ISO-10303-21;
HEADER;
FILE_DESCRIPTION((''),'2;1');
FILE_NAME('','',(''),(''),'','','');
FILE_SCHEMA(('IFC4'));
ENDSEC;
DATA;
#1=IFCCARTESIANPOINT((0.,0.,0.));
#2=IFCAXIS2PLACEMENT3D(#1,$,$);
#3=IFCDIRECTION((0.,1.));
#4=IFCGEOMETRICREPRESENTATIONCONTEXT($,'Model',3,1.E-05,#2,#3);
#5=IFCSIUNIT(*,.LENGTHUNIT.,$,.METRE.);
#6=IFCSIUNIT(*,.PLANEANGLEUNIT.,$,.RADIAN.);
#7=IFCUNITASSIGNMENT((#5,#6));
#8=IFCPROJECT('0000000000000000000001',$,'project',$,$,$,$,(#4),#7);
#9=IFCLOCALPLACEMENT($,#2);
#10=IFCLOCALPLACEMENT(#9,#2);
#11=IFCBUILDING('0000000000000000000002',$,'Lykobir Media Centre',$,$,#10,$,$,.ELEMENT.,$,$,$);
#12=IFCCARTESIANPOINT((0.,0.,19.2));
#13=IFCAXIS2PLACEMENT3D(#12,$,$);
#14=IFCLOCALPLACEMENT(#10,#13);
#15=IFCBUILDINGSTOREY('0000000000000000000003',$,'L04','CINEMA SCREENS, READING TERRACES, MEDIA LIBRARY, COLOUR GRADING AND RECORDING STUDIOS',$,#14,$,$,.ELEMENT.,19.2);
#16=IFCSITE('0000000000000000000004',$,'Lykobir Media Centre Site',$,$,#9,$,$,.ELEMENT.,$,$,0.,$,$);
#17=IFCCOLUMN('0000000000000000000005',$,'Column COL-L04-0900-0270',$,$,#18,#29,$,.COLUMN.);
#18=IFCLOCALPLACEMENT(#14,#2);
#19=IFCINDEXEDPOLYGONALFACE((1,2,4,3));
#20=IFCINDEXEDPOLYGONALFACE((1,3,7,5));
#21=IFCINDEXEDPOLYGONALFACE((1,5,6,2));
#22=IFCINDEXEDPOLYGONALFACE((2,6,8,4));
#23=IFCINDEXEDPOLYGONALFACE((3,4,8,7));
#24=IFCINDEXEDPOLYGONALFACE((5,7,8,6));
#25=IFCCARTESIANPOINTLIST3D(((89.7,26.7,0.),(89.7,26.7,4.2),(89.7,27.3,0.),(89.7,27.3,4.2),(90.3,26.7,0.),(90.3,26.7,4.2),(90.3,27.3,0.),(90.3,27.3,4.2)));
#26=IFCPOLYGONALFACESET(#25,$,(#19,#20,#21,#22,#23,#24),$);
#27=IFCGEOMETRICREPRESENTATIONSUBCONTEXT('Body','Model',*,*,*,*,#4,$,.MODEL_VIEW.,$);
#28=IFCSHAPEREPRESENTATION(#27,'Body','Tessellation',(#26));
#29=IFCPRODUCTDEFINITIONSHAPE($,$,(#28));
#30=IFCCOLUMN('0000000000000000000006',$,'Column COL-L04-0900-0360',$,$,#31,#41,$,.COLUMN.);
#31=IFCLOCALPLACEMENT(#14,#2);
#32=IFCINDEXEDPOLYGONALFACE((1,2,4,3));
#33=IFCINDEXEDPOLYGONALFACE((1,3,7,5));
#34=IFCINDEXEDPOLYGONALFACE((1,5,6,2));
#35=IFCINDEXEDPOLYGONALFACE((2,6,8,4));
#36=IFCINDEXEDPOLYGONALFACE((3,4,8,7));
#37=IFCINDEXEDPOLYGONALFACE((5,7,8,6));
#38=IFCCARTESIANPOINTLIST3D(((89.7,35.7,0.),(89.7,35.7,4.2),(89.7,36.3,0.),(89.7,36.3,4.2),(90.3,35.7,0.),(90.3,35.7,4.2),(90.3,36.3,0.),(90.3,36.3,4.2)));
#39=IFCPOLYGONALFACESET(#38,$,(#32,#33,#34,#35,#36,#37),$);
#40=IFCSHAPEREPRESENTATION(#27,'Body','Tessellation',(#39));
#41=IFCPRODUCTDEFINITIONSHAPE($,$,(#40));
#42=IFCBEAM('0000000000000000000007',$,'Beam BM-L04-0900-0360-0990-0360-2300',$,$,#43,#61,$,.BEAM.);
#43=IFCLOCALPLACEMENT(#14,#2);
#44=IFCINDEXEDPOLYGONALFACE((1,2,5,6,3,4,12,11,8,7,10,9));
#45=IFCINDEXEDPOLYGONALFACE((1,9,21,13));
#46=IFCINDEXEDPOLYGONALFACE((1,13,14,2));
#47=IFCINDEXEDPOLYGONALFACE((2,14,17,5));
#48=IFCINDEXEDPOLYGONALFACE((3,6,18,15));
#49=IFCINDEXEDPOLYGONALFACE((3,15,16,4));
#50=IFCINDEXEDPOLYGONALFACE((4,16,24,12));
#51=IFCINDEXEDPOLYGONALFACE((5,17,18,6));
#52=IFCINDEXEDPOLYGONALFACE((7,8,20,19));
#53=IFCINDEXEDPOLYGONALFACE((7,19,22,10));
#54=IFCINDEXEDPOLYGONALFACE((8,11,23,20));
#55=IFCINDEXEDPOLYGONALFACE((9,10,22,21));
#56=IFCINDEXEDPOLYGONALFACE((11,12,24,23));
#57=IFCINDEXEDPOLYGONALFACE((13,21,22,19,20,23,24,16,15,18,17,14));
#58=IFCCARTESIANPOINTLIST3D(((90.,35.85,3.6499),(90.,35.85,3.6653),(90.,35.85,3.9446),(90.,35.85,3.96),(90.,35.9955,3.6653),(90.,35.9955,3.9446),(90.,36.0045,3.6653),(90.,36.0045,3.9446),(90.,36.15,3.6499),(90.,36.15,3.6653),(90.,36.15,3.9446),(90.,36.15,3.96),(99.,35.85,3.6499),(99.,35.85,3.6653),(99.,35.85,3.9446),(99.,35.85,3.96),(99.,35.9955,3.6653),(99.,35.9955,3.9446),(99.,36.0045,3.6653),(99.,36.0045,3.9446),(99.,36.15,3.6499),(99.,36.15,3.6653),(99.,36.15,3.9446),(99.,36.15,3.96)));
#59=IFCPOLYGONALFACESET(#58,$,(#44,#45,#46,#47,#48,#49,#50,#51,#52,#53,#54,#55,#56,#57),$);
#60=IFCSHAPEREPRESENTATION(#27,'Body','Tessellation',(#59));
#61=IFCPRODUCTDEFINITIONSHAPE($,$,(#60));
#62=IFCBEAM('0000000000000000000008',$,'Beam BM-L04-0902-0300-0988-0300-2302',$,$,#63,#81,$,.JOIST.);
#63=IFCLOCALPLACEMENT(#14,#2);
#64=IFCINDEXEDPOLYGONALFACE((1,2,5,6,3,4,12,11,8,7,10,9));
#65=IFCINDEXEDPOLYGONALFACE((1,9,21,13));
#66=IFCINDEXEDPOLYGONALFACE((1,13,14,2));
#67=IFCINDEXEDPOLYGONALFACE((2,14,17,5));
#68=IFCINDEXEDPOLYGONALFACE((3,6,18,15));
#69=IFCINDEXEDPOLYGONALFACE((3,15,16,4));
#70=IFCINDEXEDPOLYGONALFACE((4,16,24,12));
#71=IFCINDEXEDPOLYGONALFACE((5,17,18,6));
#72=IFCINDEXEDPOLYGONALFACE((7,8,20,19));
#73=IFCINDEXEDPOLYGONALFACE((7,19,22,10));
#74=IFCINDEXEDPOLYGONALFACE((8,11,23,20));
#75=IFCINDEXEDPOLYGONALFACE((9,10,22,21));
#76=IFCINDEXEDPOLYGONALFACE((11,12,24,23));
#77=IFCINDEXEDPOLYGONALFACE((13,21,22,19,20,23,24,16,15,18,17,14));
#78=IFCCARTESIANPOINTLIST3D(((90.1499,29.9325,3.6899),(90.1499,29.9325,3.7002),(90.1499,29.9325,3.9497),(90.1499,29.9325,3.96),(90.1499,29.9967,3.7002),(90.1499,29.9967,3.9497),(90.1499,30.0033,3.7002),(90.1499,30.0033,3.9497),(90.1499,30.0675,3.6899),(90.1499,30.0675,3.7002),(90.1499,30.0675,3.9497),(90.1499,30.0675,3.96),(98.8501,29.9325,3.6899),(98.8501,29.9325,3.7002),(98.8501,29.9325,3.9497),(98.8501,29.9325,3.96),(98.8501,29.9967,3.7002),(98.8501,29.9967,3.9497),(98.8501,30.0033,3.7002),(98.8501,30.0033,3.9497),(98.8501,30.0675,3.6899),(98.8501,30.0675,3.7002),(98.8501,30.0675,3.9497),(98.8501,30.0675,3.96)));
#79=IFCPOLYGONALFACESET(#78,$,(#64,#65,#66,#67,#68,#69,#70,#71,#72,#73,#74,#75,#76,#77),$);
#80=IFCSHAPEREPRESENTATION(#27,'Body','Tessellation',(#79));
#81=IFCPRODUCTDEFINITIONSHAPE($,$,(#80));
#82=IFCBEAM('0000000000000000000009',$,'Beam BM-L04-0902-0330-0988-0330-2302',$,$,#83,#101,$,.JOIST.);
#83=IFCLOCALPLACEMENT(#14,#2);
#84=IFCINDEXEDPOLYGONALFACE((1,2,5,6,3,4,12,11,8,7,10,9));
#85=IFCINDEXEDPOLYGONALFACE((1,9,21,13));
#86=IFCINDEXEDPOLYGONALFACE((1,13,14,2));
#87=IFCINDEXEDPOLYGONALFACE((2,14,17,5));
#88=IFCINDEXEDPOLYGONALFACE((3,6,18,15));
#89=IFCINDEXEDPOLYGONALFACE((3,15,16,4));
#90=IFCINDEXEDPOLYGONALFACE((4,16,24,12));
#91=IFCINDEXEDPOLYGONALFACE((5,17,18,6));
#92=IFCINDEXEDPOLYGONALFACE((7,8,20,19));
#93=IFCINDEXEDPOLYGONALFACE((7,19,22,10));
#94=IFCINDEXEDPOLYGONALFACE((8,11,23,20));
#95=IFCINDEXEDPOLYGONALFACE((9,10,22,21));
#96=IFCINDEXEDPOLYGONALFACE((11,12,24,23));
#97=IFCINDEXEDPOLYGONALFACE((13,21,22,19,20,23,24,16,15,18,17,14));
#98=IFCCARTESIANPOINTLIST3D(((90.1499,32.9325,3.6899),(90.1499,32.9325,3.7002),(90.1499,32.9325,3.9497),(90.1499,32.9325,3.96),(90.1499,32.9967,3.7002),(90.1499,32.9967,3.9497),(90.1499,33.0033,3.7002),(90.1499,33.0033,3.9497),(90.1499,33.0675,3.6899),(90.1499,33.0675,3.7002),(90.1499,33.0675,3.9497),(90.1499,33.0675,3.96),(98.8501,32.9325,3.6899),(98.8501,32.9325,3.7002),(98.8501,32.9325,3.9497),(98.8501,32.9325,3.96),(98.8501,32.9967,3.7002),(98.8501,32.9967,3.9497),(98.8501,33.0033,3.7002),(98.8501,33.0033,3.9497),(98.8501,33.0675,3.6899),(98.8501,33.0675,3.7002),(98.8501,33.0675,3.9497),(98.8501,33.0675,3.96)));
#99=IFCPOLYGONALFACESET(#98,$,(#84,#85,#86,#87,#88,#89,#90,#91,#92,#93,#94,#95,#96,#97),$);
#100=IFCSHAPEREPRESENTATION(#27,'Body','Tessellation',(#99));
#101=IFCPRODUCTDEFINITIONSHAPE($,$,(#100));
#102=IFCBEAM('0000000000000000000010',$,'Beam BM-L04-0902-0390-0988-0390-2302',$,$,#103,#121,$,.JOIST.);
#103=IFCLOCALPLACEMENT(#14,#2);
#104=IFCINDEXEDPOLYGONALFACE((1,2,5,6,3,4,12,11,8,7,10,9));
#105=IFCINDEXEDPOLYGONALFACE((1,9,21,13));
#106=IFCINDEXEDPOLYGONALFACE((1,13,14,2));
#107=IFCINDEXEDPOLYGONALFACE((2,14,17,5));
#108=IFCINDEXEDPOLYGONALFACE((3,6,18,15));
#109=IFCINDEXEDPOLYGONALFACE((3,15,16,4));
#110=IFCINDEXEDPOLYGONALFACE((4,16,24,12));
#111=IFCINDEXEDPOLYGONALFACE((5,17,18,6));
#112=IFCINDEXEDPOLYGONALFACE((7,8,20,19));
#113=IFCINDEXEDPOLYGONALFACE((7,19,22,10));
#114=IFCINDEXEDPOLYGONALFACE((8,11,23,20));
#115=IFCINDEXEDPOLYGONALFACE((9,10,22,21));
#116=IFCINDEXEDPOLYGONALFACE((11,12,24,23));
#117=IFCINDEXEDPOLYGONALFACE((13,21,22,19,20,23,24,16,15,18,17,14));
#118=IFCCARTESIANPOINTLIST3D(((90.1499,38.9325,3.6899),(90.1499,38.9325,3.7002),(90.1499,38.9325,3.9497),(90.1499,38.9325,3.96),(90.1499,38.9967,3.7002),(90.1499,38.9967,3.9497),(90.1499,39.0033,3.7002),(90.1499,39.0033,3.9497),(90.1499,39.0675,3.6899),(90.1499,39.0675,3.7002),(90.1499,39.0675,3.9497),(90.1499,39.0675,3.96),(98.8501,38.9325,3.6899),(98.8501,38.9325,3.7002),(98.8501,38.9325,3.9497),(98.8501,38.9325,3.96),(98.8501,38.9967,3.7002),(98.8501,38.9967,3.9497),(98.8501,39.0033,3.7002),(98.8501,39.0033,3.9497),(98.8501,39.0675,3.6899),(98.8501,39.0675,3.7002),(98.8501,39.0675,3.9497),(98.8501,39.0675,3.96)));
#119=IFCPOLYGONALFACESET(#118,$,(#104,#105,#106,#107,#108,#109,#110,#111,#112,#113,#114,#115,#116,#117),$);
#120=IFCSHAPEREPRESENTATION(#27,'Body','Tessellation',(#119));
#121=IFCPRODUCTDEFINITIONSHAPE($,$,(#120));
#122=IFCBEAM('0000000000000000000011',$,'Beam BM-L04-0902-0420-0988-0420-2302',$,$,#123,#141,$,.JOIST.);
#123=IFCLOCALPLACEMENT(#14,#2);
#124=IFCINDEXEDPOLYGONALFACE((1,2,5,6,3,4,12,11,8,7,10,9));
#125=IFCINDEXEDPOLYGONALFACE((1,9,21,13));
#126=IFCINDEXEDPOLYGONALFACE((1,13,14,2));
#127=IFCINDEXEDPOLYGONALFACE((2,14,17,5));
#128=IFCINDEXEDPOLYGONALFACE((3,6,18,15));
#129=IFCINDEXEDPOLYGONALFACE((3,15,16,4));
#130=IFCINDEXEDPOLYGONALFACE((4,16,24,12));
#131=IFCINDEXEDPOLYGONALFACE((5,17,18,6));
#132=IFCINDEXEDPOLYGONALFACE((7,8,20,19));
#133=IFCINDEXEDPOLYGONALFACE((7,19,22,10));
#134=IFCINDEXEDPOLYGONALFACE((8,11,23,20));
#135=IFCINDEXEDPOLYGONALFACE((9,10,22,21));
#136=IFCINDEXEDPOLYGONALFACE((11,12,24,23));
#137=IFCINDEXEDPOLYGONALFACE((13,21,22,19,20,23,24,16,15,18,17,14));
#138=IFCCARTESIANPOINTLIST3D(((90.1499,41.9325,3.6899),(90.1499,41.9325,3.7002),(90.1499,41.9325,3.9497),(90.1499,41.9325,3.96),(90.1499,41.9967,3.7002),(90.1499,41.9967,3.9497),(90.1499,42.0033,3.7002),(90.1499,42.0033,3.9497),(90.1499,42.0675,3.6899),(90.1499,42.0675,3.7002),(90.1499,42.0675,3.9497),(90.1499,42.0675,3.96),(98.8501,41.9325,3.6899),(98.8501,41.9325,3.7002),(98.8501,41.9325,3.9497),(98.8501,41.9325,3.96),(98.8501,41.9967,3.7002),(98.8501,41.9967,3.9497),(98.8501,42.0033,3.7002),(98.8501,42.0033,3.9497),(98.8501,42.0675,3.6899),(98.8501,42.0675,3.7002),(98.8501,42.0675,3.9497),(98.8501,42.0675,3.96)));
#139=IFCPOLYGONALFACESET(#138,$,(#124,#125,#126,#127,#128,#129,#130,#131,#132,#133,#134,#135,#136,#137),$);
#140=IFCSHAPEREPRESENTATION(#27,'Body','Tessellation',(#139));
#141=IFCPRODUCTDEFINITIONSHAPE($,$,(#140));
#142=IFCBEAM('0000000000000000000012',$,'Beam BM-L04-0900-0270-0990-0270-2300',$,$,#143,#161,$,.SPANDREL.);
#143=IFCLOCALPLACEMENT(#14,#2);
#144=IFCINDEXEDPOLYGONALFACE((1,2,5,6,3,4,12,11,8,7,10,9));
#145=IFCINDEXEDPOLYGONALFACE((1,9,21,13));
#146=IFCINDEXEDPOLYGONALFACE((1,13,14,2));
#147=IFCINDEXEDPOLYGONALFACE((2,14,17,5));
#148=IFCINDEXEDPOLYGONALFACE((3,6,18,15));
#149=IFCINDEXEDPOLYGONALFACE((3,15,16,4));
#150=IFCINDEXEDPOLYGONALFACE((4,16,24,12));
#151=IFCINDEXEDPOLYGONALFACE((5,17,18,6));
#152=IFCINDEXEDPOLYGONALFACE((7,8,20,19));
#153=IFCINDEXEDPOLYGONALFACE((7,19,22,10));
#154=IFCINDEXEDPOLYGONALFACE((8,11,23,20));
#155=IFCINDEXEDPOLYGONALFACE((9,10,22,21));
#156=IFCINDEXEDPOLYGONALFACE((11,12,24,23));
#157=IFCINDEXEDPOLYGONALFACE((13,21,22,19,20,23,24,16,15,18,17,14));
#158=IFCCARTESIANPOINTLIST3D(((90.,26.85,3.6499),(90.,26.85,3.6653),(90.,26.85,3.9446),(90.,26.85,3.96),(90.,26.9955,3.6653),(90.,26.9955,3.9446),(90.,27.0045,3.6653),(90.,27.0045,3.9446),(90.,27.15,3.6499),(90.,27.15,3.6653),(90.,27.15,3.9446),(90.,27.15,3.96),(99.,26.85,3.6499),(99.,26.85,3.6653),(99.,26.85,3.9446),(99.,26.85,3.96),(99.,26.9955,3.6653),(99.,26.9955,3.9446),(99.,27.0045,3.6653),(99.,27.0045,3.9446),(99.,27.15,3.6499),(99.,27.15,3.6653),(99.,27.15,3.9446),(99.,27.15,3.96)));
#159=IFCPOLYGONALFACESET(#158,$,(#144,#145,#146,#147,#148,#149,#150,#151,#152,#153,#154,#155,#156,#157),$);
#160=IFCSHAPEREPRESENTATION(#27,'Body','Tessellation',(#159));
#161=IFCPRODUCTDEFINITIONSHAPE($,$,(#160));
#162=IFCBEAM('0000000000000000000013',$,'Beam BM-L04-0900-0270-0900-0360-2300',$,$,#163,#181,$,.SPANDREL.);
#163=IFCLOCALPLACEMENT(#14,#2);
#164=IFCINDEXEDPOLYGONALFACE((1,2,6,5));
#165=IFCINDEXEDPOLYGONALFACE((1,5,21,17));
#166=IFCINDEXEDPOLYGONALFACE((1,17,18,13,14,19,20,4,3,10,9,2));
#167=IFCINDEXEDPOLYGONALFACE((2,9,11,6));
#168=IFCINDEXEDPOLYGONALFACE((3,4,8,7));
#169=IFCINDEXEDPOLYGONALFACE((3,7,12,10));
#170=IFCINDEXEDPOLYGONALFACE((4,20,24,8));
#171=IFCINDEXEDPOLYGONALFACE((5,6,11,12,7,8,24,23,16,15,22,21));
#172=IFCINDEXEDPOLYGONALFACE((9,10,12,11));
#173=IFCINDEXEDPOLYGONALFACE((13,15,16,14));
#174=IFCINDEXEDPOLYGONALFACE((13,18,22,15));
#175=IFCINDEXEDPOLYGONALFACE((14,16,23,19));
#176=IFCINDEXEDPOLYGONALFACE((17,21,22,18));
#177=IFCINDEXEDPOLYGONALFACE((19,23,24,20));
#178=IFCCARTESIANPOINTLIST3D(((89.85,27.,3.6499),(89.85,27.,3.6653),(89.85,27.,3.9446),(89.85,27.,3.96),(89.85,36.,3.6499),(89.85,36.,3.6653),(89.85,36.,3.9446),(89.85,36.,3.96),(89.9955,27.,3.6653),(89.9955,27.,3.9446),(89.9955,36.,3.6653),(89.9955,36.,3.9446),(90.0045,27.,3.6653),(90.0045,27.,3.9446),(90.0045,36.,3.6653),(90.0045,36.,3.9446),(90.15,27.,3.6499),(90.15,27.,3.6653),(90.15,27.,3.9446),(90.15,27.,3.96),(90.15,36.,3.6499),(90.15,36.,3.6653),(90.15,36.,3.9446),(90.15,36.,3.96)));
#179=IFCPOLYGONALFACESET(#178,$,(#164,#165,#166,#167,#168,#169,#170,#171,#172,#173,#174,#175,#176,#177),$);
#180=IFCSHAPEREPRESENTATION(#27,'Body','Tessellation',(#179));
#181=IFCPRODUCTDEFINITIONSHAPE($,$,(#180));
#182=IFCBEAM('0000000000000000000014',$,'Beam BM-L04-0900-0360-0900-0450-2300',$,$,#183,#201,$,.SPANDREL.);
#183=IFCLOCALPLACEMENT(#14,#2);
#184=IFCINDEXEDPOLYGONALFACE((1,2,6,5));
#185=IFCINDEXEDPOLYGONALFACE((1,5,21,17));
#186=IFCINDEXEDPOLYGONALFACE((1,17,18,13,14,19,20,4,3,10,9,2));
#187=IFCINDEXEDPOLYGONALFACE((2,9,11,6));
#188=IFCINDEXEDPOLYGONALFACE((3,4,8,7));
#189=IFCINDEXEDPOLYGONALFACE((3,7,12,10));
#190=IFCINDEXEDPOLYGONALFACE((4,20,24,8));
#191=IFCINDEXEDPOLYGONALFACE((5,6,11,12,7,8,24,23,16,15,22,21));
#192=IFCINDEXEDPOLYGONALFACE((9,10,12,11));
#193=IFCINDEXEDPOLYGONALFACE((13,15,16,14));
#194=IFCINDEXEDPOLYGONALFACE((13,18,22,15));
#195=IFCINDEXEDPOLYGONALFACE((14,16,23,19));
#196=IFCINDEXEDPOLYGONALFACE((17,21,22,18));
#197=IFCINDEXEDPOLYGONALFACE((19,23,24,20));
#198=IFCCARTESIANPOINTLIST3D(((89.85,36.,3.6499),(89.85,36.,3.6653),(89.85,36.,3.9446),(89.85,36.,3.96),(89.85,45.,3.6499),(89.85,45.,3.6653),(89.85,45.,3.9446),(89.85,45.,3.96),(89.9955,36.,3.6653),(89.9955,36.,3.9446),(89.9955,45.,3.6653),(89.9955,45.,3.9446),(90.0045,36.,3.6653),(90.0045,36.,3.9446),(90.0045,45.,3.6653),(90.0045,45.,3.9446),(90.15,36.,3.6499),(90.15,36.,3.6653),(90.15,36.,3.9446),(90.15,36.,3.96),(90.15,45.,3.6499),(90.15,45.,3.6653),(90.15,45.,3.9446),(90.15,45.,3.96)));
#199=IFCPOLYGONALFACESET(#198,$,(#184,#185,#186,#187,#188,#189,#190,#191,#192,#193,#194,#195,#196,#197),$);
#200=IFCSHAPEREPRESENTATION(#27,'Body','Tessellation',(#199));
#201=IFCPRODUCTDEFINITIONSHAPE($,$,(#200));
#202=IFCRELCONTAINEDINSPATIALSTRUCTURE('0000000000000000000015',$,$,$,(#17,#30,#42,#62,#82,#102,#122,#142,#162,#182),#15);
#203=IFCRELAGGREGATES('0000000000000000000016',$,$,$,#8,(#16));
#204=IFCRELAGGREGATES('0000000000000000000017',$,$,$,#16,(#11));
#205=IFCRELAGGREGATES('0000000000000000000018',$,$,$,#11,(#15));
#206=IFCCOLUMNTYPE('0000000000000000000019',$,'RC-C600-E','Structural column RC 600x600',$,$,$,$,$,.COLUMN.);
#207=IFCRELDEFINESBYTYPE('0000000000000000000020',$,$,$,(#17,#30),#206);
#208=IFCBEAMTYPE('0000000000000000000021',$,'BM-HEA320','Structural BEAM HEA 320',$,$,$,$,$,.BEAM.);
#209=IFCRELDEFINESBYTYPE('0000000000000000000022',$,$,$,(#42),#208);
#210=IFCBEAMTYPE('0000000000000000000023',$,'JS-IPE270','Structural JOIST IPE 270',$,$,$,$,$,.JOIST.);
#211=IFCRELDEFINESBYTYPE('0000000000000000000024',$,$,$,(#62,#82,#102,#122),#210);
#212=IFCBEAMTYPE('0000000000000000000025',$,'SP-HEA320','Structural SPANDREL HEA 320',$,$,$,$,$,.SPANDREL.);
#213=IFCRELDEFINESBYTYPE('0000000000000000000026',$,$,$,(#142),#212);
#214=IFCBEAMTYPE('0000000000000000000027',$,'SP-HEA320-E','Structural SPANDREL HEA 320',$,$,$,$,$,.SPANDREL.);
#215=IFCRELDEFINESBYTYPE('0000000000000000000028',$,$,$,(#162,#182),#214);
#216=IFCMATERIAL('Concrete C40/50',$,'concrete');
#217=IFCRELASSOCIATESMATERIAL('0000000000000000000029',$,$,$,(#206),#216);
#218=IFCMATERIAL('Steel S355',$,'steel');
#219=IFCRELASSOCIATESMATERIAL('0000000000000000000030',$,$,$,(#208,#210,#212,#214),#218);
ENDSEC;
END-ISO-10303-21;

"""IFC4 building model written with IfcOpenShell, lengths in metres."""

from ifc_helpers import new_model, si_unit, direction, frame, origin, origin_2d, place, context, subcontext, project, spatial, rectangle, i_section, extrude, material, material_profile, profile_set, type_object, element, save


model = new_model("IFC4")

# Units and contexts
model_context = context("Model", 3, precision=1e-05, world=origin(), true_north=direction((0.0, 1.0)))
body_context = subcontext(model_context, "Body", "Model", "MODEL_VIEW")
ifc_project = project(units=[si_unit("LENGTHUNIT", "METRE"), si_unit("PLANEANGLEUNIT", "RADIAN")], contexts=[model_context])

# Site, building, storey
site_placement = place(None, origin())
site = spatial("IfcSite", under=ifc_project, at=site_placement, Name="Lykobir Media Centre Site", CompositionType="ELEMENT", RefElevation=0.0)
building_placement = place(site_placement, origin())
building = spatial("IfcBuilding", under=site, at=building_placement, Name="Lykobir Media Centre", CompositionType="ELEMENT")
storey_placement = place(building_placement, frame((0.0, 0.0, 19.2)))
storey = spatial("IfcBuildingStorey", under=building, at=storey_placement, Name="L04", Description="CINEMA SCREENS, READING TERRACES, MEDIA LIBRARY, COLOUR GRADING AND RECORDING STUDIOS", CompositionType="ELEMENT", Elevation=19.2)

# Columns
ifc_material_1 = material(Name="Concrete C40/50", Category="concrete")
ifc_material_profile_1 = material_profile(ifc_material_1, rectangle(XDim=0.6001, YDim=0.6001, at=origin_2d()), Name="RC 600x600")
ifc_profile_set_1 = profile_set([ifc_material_profile_1], Name="Concrete C40/50")
column_type = type_object("IfcColumnType", Name="RC-C600-E", Description="Structural column RC 600x600", PredefinedType="COLUMN", material=ifc_profile_set_1)
for number, where, z_axis, x_axis, name in (
    (1, (90.0, 27.0, 0.0), (0.0, 0.0, 1.0), (1.0, 0.0, 0.0), "Column COL-L04-0900-0270"),
    (2, (90.0, 36.0, 0.0), (0.0, 0.0, 1.0), (1.0, 0.0, 0.0), "Column COL-L04-0900-0360"),
):
    element("IfcColumn", number, at=place(storey_placement, frame(where, z_axis=z_axis, x_axis=x_axis)), inside=storey, type_object=column_type, Name=name, PredefinedType="COLUMN", context=body_context, shape_type="SweptSolid", body=[
        extrude(rectangle(XDim=0.6001, YDim=0.6001, at=origin_2d()), origin(), (0.0, 0.0, 1.0), 4.2),
    ])

# Beams
ifc_material_2 = material(Name="Steel S355", Category="steel")
ifc_material_profile_2 = material_profile(ifc_material_2, i_section(OverallWidth=0.3, OverallDepth=0.3101, WebThickness=0.009, FlangeThickness=0.0154, at=origin_2d()), Name="HEA 320")
ifc_profile_set_2 = profile_set([ifc_material_profile_2], Name="Steel S355")
beam_type_1 = type_object("IfcBeamType", Name="BM-HEA320", Description="Structural BEAM HEA 320", PredefinedType="BEAM", material=ifc_profile_set_2)
beam_1_placement = place(storey_placement, frame((90.0, 36.0, 3.8049), z_axis=(1.0, 0.0, 0.0), x_axis=(0.0, 1.0, 0.0)))
element("IfcBeam", 3, at=beam_1_placement, inside=storey, type_object=beam_type_1, Name="Beam BM-L04-0900-0360-0990-0360-2300", PredefinedType="BEAM", context=body_context, shape_type="SweptSolid", body=[
    extrude(i_section(OverallWidth=0.3, OverallDepth=0.3101, WebThickness=0.009, FlangeThickness=0.0154, at=origin_2d()), origin(), (0.0, 0.0, 1.0), 9.0),
])
ifc_material_profile_3 = material_profile(ifc_material_2, i_section(OverallWidth=0.135, OverallDepth=0.27, WebThickness=0.0066, FlangeThickness=0.0103, at=origin_2d()), Name="IPE 270")
ifc_profile_set_3 = profile_set([ifc_material_profile_3], Name="Steel S355")
beam_type_2 = type_object("IfcBeamType", Name="JS-IPE270", Description="Structural JOIST IPE 270", PredefinedType="JOIST", material=ifc_profile_set_3)
for number, where, z_axis, x_axis, name in (
    (4, (90.1499, 30.0, 3.825), (1.0, 0.0, 0.0), (0.0, 1.0, 0.0), "Beam BM-L04-0902-0300-0988-0300-2302"),
    (5, (90.1499, 33.0, 3.825), (1.0, 0.0, 0.0), (0.0, 1.0, 0.0), "Beam BM-L04-0902-0330-0988-0330-2302"),
    (6, (90.1499, 39.0, 3.825), (1.0, 0.0, 0.0), (0.0, 1.0, 0.0), "Beam BM-L04-0902-0390-0988-0390-2302"),
    (7, (90.1499, 42.0, 3.825), (1.0, 0.0, 0.0), (0.0, 1.0, 0.0), "Beam BM-L04-0902-0420-0988-0420-2302"),
):
    element("IfcBeam", number, at=place(storey_placement, frame(where, z_axis=z_axis, x_axis=x_axis)), inside=storey, type_object=beam_type_2, Name=name, PredefinedType="JOIST", context=body_context, shape_type="SweptSolid", body=[
        extrude(i_section(OverallWidth=0.135, OverallDepth=0.27, WebThickness=0.0066, FlangeThickness=0.0103, at=origin_2d()), origin(), (0.0, 0.0, 1.0), 8.7002),
    ])
ifc_material_profile_4 = material_profile(ifc_material_2, i_section(OverallWidth=0.3, OverallDepth=0.3101, WebThickness=0.009, FlangeThickness=0.0154, at=origin_2d()), Name="HEA 320")
ifc_profile_set_4 = profile_set([ifc_material_profile_4], Name="Steel S355")
beam_type_3 = type_object("IfcBeamType", Name="SP-HEA320", Description="Structural SPANDREL HEA 320", PredefinedType="SPANDREL", material=ifc_profile_set_4)
beam_2_placement = place(storey_placement, frame((90.0, 27.0, 3.8049), z_axis=(1.0, 0.0, 0.0), x_axis=(0.0, 1.0, 0.0)))
element("IfcBeam", 8, at=beam_2_placement, inside=storey, type_object=beam_type_3, Name="Beam BM-L04-0900-0270-0990-0270-2300", PredefinedType="SPANDREL", context=body_context, shape_type="SweptSolid", body=[
    extrude(i_section(OverallWidth=0.3, OverallDepth=0.3101, WebThickness=0.009, FlangeThickness=0.0154, at=origin_2d()), origin(), (0.0, 0.0, 1.0), 9.0),
])
ifc_material_profile_5 = material_profile(ifc_material_2, i_section(OverallWidth=0.3, OverallDepth=0.3101, WebThickness=0.009, FlangeThickness=0.0154, at=origin_2d()), Name="HEA 320")
ifc_profile_set_5 = profile_set([ifc_material_profile_5], Name="Steel S355")
beam_type_4 = type_object("IfcBeamType", Name="SP-HEA320-E", Description="Structural SPANDREL HEA 320", PredefinedType="SPANDREL", material=ifc_profile_set_5)
for number, where, z_axis, x_axis, name in (
    (9, (90.0, 27.0, 3.8049), (0.0, 1.0, 0.0), (-1.0, 0.0, 0.0), "Beam BM-L04-0900-0270-0900-0360-2300"),
    (10, (90.0, 36.0, 3.8049), (0.0, 1.0, 0.0), (-1.0, 0.0, 0.0), "Beam BM-L04-0900-0360-0900-0450-2300"),
):
    element("IfcBeam", number, at=place(storey_placement, frame(where, z_axis=z_axis, x_axis=x_axis)), inside=storey, type_object=beam_type_4, Name=name, PredefinedType="SPANDREL", context=body_context, shape_type="SweptSolid", body=[
        extrude(i_section(OverallWidth=0.3, OverallDepth=0.3101, WebThickness=0.009, FlangeThickness=0.0154, at=origin_2d()), origin(), (0.0, 0.0, 1.0), 9.0),
    ])

save(model, "model.ifc")
